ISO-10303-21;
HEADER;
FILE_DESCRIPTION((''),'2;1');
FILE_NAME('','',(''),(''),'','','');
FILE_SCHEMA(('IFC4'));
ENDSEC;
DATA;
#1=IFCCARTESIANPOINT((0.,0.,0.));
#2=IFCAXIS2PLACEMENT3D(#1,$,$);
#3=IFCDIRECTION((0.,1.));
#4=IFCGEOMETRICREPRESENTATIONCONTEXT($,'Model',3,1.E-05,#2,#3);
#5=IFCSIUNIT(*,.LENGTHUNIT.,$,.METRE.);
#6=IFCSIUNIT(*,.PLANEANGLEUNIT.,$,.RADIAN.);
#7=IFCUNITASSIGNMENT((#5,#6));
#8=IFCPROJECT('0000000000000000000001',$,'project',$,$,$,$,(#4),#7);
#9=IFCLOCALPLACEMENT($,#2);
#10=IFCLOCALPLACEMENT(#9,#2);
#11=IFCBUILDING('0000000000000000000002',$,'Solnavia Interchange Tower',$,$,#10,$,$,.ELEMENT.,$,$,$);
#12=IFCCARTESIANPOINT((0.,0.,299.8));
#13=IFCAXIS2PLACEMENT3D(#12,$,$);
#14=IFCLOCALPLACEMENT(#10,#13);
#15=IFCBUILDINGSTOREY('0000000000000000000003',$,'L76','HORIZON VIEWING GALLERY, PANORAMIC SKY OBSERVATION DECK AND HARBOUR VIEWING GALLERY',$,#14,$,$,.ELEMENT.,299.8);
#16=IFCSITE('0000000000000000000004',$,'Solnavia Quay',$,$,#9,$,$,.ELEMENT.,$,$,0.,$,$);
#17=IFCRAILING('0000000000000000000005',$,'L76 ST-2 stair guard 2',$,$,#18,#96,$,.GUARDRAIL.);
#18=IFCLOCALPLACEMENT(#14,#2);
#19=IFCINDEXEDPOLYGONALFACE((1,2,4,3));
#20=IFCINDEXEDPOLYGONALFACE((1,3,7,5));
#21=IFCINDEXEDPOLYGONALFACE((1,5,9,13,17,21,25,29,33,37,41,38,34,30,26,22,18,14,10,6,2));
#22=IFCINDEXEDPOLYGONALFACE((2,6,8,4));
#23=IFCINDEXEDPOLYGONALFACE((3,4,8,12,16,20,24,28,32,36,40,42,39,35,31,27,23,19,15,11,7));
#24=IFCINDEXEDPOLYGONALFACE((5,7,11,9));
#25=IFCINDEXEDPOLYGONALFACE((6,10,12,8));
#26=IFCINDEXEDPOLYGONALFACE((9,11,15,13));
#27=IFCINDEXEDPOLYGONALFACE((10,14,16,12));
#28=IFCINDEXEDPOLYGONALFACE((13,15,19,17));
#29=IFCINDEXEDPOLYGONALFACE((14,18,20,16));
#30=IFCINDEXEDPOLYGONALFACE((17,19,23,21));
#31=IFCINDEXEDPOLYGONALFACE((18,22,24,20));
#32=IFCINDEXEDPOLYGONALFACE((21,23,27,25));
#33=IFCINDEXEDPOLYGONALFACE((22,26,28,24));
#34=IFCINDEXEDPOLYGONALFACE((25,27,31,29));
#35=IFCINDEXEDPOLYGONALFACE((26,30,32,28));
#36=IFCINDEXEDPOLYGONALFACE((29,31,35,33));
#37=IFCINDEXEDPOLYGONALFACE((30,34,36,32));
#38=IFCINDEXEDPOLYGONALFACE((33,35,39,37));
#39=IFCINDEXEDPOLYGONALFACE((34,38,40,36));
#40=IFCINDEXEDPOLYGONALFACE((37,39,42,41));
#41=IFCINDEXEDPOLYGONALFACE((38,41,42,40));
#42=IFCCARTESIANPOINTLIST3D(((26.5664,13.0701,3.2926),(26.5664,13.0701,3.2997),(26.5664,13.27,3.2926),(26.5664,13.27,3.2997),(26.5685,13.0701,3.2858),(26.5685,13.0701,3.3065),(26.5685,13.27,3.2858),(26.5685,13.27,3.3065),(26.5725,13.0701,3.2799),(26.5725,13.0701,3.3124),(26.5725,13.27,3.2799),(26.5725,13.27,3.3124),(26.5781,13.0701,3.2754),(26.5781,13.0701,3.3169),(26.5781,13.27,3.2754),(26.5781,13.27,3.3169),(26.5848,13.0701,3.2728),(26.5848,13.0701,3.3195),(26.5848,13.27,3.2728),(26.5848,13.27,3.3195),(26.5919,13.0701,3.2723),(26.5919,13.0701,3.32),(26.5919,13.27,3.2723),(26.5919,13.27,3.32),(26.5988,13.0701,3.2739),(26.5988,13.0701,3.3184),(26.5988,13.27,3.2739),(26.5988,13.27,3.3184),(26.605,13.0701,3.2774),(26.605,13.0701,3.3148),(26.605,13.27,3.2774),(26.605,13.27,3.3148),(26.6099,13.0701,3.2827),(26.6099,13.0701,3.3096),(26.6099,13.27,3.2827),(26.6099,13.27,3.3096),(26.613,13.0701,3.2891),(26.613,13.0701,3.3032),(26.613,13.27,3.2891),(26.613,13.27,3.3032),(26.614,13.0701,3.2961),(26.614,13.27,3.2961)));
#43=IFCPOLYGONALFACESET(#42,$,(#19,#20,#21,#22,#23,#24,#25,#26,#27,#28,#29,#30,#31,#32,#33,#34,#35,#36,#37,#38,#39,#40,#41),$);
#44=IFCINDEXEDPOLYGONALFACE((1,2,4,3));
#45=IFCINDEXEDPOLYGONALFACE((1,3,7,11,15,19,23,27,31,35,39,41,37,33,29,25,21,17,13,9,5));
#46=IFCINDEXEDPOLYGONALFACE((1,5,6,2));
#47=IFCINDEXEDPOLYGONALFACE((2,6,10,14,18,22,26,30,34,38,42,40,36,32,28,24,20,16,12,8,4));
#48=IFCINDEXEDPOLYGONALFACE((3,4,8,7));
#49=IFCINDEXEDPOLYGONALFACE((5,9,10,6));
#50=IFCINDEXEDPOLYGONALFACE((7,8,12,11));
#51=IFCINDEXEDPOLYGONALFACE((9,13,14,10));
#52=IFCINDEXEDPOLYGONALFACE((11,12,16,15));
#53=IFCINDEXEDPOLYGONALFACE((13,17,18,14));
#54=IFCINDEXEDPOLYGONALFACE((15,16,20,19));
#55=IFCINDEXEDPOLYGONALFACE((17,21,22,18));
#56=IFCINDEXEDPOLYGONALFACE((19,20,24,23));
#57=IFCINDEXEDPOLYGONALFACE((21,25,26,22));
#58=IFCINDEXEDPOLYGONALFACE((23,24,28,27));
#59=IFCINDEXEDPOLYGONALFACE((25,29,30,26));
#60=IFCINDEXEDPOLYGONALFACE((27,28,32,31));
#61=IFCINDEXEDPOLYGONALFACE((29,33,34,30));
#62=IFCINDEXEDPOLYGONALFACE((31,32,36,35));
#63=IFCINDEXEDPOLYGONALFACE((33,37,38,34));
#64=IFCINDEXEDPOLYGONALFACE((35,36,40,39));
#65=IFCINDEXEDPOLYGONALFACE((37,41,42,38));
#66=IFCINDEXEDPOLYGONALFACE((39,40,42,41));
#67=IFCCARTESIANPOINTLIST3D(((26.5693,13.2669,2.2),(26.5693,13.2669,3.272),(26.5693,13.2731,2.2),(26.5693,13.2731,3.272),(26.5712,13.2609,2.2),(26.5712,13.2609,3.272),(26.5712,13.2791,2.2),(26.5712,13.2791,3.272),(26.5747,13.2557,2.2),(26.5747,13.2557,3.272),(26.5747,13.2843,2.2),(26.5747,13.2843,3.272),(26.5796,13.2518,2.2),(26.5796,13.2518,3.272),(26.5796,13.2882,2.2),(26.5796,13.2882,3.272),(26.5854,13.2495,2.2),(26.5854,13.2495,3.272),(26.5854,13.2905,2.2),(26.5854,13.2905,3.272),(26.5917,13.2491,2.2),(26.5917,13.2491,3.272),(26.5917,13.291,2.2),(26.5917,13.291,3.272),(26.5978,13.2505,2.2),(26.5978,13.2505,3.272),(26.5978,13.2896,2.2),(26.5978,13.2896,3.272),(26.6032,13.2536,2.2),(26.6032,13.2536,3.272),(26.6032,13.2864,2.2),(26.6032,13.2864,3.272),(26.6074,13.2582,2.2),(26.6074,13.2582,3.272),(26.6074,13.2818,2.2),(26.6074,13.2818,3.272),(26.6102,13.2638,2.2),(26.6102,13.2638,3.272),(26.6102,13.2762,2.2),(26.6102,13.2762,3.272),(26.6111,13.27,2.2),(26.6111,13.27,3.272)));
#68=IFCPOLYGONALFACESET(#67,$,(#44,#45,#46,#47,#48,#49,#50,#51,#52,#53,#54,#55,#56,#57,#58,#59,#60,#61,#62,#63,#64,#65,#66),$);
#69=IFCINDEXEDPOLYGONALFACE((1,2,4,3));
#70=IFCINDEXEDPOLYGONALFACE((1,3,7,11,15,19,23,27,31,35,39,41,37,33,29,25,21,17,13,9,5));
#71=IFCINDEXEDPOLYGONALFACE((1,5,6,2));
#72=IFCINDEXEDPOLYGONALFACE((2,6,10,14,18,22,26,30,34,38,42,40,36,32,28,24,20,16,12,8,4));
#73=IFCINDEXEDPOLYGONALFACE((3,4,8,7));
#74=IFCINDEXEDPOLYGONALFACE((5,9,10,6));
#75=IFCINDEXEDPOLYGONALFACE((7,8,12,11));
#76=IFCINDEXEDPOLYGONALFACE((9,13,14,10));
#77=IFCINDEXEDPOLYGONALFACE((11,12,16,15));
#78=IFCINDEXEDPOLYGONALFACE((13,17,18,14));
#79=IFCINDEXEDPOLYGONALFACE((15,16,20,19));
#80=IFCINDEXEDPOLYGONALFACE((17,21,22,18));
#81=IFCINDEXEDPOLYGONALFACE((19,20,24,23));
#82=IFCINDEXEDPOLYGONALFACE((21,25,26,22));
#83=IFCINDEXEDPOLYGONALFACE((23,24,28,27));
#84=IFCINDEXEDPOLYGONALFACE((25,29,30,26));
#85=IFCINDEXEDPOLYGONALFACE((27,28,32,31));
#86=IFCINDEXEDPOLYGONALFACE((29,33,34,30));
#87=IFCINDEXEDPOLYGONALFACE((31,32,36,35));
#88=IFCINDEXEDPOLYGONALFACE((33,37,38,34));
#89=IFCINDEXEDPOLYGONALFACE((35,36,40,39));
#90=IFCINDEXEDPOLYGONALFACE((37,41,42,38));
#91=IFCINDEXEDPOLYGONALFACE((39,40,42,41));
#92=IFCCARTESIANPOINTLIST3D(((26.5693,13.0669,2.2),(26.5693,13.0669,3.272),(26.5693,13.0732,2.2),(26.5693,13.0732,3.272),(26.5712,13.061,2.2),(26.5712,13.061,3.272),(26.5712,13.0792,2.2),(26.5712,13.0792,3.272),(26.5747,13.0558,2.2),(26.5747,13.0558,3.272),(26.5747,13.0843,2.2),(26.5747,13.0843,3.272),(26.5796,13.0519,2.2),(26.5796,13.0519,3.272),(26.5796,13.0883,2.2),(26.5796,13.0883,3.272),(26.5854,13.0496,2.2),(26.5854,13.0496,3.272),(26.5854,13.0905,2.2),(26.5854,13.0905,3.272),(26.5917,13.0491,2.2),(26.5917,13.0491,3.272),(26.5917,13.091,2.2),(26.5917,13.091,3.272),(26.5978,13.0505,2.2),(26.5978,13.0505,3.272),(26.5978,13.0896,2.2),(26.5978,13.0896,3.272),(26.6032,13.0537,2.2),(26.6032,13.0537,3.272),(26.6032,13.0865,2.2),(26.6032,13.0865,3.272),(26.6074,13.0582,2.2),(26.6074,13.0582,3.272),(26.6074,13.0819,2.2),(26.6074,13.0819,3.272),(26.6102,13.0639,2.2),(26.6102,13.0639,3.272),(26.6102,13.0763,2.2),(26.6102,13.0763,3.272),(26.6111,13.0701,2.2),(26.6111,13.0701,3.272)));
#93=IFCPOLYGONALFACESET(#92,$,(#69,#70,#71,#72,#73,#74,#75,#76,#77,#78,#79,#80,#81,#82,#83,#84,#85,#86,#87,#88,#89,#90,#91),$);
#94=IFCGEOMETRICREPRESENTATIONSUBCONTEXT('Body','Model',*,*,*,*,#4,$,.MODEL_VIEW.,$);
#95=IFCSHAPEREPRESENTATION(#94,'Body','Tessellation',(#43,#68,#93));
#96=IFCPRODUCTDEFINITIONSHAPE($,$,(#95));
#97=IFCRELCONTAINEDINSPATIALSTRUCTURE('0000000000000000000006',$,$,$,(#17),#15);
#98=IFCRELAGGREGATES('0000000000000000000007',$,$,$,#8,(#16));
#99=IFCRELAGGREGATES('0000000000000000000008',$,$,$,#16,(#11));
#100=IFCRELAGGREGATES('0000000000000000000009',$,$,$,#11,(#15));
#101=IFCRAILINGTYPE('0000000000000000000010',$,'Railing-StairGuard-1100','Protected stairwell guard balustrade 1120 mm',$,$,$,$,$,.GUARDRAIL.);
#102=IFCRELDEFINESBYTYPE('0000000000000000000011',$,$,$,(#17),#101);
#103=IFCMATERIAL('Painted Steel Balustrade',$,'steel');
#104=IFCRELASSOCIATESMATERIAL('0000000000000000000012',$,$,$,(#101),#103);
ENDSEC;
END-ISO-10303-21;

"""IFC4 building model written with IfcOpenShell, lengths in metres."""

from ifc_helpers import new_model, si_unit, direction, frame, origin, origin_2d, place, context, subcontext, project, spatial, circle, extrude, material, type_object, element, save


model = new_model("IFC4")

# Units and contexts
model_context = context("Model", 3, precision=1e-05, world=origin(), true_north=direction((0.0, 1.0)))
body_context = subcontext(model_context, "Body", "Model", "MODEL_VIEW")
ifc_project = project(units=[si_unit("LENGTHUNIT", "METRE"), si_unit("PLANEANGLEUNIT", "RADIAN")], contexts=[model_context])

# Site, building, storey
site_placement = place(None, origin())
site = spatial("IfcSite", under=ifc_project, at=site_placement, Name="Solnavia Quay", CompositionType="ELEMENT", RefElevation=0.0)
building_placement = place(site_placement, origin())
building = spatial("IfcBuilding", under=site, at=building_placement, Name="Solnavia Interchange Tower", CompositionType="ELEMENT")
storey_placement = place(building_placement, frame((0.0, 0.0, 299.8)))
storey = spatial("IfcBuildingStorey", under=building, at=storey_placement, Name="L76", Description="HORIZON VIEWING GALLERY, PANORAMIC SKY OBSERVATION DECK AND HARBOUR VIEWING GALLERY", CompositionType="ELEMENT", Elevation=299.8)

# Railing
ifc_material_1 = material(Name="Painted Steel Balustrade", Category="steel")
railing_type_1 = type_object("IfcRailingType", Name="Railing-StairGuard-1100", Description="Protected stairwell guard balustrade 1120 mm", PredefinedType="GUARDRAIL", material=ifc_material_1)
railing_1_placement = place(storey_placement, frame((26.5901, 13.27, 2.2)))
element("IfcRailing", 1, at=railing_1_placement, inside=storey, type_object=railing_type_1, Name="L76 ST-2 stair guard 2", PredefinedType="GUARDRAIL", context=body_context, shape_type="SweptSolid", body=[
    extrude(circle(Radius=0.0239, at=origin_2d()), frame((0.0, 0.0, 1.0962), z_axis=(0.0, -1.0, 0.0), x_axis=(1.0, 0.0, 0.0)), (0.0, 0.0, 1.0), 0.2),
    extrude(circle(Radius=0.021, at=origin_2d()), origin(), (0.0, 0.0, 1.0), 1.072),
    extrude(circle(Radius=0.021, at=origin_2d()), frame((0.0, -0.2, 0.0)), (0.0, 0.0, 1.0), 1.072),
])

save(model, "model.ifc")
